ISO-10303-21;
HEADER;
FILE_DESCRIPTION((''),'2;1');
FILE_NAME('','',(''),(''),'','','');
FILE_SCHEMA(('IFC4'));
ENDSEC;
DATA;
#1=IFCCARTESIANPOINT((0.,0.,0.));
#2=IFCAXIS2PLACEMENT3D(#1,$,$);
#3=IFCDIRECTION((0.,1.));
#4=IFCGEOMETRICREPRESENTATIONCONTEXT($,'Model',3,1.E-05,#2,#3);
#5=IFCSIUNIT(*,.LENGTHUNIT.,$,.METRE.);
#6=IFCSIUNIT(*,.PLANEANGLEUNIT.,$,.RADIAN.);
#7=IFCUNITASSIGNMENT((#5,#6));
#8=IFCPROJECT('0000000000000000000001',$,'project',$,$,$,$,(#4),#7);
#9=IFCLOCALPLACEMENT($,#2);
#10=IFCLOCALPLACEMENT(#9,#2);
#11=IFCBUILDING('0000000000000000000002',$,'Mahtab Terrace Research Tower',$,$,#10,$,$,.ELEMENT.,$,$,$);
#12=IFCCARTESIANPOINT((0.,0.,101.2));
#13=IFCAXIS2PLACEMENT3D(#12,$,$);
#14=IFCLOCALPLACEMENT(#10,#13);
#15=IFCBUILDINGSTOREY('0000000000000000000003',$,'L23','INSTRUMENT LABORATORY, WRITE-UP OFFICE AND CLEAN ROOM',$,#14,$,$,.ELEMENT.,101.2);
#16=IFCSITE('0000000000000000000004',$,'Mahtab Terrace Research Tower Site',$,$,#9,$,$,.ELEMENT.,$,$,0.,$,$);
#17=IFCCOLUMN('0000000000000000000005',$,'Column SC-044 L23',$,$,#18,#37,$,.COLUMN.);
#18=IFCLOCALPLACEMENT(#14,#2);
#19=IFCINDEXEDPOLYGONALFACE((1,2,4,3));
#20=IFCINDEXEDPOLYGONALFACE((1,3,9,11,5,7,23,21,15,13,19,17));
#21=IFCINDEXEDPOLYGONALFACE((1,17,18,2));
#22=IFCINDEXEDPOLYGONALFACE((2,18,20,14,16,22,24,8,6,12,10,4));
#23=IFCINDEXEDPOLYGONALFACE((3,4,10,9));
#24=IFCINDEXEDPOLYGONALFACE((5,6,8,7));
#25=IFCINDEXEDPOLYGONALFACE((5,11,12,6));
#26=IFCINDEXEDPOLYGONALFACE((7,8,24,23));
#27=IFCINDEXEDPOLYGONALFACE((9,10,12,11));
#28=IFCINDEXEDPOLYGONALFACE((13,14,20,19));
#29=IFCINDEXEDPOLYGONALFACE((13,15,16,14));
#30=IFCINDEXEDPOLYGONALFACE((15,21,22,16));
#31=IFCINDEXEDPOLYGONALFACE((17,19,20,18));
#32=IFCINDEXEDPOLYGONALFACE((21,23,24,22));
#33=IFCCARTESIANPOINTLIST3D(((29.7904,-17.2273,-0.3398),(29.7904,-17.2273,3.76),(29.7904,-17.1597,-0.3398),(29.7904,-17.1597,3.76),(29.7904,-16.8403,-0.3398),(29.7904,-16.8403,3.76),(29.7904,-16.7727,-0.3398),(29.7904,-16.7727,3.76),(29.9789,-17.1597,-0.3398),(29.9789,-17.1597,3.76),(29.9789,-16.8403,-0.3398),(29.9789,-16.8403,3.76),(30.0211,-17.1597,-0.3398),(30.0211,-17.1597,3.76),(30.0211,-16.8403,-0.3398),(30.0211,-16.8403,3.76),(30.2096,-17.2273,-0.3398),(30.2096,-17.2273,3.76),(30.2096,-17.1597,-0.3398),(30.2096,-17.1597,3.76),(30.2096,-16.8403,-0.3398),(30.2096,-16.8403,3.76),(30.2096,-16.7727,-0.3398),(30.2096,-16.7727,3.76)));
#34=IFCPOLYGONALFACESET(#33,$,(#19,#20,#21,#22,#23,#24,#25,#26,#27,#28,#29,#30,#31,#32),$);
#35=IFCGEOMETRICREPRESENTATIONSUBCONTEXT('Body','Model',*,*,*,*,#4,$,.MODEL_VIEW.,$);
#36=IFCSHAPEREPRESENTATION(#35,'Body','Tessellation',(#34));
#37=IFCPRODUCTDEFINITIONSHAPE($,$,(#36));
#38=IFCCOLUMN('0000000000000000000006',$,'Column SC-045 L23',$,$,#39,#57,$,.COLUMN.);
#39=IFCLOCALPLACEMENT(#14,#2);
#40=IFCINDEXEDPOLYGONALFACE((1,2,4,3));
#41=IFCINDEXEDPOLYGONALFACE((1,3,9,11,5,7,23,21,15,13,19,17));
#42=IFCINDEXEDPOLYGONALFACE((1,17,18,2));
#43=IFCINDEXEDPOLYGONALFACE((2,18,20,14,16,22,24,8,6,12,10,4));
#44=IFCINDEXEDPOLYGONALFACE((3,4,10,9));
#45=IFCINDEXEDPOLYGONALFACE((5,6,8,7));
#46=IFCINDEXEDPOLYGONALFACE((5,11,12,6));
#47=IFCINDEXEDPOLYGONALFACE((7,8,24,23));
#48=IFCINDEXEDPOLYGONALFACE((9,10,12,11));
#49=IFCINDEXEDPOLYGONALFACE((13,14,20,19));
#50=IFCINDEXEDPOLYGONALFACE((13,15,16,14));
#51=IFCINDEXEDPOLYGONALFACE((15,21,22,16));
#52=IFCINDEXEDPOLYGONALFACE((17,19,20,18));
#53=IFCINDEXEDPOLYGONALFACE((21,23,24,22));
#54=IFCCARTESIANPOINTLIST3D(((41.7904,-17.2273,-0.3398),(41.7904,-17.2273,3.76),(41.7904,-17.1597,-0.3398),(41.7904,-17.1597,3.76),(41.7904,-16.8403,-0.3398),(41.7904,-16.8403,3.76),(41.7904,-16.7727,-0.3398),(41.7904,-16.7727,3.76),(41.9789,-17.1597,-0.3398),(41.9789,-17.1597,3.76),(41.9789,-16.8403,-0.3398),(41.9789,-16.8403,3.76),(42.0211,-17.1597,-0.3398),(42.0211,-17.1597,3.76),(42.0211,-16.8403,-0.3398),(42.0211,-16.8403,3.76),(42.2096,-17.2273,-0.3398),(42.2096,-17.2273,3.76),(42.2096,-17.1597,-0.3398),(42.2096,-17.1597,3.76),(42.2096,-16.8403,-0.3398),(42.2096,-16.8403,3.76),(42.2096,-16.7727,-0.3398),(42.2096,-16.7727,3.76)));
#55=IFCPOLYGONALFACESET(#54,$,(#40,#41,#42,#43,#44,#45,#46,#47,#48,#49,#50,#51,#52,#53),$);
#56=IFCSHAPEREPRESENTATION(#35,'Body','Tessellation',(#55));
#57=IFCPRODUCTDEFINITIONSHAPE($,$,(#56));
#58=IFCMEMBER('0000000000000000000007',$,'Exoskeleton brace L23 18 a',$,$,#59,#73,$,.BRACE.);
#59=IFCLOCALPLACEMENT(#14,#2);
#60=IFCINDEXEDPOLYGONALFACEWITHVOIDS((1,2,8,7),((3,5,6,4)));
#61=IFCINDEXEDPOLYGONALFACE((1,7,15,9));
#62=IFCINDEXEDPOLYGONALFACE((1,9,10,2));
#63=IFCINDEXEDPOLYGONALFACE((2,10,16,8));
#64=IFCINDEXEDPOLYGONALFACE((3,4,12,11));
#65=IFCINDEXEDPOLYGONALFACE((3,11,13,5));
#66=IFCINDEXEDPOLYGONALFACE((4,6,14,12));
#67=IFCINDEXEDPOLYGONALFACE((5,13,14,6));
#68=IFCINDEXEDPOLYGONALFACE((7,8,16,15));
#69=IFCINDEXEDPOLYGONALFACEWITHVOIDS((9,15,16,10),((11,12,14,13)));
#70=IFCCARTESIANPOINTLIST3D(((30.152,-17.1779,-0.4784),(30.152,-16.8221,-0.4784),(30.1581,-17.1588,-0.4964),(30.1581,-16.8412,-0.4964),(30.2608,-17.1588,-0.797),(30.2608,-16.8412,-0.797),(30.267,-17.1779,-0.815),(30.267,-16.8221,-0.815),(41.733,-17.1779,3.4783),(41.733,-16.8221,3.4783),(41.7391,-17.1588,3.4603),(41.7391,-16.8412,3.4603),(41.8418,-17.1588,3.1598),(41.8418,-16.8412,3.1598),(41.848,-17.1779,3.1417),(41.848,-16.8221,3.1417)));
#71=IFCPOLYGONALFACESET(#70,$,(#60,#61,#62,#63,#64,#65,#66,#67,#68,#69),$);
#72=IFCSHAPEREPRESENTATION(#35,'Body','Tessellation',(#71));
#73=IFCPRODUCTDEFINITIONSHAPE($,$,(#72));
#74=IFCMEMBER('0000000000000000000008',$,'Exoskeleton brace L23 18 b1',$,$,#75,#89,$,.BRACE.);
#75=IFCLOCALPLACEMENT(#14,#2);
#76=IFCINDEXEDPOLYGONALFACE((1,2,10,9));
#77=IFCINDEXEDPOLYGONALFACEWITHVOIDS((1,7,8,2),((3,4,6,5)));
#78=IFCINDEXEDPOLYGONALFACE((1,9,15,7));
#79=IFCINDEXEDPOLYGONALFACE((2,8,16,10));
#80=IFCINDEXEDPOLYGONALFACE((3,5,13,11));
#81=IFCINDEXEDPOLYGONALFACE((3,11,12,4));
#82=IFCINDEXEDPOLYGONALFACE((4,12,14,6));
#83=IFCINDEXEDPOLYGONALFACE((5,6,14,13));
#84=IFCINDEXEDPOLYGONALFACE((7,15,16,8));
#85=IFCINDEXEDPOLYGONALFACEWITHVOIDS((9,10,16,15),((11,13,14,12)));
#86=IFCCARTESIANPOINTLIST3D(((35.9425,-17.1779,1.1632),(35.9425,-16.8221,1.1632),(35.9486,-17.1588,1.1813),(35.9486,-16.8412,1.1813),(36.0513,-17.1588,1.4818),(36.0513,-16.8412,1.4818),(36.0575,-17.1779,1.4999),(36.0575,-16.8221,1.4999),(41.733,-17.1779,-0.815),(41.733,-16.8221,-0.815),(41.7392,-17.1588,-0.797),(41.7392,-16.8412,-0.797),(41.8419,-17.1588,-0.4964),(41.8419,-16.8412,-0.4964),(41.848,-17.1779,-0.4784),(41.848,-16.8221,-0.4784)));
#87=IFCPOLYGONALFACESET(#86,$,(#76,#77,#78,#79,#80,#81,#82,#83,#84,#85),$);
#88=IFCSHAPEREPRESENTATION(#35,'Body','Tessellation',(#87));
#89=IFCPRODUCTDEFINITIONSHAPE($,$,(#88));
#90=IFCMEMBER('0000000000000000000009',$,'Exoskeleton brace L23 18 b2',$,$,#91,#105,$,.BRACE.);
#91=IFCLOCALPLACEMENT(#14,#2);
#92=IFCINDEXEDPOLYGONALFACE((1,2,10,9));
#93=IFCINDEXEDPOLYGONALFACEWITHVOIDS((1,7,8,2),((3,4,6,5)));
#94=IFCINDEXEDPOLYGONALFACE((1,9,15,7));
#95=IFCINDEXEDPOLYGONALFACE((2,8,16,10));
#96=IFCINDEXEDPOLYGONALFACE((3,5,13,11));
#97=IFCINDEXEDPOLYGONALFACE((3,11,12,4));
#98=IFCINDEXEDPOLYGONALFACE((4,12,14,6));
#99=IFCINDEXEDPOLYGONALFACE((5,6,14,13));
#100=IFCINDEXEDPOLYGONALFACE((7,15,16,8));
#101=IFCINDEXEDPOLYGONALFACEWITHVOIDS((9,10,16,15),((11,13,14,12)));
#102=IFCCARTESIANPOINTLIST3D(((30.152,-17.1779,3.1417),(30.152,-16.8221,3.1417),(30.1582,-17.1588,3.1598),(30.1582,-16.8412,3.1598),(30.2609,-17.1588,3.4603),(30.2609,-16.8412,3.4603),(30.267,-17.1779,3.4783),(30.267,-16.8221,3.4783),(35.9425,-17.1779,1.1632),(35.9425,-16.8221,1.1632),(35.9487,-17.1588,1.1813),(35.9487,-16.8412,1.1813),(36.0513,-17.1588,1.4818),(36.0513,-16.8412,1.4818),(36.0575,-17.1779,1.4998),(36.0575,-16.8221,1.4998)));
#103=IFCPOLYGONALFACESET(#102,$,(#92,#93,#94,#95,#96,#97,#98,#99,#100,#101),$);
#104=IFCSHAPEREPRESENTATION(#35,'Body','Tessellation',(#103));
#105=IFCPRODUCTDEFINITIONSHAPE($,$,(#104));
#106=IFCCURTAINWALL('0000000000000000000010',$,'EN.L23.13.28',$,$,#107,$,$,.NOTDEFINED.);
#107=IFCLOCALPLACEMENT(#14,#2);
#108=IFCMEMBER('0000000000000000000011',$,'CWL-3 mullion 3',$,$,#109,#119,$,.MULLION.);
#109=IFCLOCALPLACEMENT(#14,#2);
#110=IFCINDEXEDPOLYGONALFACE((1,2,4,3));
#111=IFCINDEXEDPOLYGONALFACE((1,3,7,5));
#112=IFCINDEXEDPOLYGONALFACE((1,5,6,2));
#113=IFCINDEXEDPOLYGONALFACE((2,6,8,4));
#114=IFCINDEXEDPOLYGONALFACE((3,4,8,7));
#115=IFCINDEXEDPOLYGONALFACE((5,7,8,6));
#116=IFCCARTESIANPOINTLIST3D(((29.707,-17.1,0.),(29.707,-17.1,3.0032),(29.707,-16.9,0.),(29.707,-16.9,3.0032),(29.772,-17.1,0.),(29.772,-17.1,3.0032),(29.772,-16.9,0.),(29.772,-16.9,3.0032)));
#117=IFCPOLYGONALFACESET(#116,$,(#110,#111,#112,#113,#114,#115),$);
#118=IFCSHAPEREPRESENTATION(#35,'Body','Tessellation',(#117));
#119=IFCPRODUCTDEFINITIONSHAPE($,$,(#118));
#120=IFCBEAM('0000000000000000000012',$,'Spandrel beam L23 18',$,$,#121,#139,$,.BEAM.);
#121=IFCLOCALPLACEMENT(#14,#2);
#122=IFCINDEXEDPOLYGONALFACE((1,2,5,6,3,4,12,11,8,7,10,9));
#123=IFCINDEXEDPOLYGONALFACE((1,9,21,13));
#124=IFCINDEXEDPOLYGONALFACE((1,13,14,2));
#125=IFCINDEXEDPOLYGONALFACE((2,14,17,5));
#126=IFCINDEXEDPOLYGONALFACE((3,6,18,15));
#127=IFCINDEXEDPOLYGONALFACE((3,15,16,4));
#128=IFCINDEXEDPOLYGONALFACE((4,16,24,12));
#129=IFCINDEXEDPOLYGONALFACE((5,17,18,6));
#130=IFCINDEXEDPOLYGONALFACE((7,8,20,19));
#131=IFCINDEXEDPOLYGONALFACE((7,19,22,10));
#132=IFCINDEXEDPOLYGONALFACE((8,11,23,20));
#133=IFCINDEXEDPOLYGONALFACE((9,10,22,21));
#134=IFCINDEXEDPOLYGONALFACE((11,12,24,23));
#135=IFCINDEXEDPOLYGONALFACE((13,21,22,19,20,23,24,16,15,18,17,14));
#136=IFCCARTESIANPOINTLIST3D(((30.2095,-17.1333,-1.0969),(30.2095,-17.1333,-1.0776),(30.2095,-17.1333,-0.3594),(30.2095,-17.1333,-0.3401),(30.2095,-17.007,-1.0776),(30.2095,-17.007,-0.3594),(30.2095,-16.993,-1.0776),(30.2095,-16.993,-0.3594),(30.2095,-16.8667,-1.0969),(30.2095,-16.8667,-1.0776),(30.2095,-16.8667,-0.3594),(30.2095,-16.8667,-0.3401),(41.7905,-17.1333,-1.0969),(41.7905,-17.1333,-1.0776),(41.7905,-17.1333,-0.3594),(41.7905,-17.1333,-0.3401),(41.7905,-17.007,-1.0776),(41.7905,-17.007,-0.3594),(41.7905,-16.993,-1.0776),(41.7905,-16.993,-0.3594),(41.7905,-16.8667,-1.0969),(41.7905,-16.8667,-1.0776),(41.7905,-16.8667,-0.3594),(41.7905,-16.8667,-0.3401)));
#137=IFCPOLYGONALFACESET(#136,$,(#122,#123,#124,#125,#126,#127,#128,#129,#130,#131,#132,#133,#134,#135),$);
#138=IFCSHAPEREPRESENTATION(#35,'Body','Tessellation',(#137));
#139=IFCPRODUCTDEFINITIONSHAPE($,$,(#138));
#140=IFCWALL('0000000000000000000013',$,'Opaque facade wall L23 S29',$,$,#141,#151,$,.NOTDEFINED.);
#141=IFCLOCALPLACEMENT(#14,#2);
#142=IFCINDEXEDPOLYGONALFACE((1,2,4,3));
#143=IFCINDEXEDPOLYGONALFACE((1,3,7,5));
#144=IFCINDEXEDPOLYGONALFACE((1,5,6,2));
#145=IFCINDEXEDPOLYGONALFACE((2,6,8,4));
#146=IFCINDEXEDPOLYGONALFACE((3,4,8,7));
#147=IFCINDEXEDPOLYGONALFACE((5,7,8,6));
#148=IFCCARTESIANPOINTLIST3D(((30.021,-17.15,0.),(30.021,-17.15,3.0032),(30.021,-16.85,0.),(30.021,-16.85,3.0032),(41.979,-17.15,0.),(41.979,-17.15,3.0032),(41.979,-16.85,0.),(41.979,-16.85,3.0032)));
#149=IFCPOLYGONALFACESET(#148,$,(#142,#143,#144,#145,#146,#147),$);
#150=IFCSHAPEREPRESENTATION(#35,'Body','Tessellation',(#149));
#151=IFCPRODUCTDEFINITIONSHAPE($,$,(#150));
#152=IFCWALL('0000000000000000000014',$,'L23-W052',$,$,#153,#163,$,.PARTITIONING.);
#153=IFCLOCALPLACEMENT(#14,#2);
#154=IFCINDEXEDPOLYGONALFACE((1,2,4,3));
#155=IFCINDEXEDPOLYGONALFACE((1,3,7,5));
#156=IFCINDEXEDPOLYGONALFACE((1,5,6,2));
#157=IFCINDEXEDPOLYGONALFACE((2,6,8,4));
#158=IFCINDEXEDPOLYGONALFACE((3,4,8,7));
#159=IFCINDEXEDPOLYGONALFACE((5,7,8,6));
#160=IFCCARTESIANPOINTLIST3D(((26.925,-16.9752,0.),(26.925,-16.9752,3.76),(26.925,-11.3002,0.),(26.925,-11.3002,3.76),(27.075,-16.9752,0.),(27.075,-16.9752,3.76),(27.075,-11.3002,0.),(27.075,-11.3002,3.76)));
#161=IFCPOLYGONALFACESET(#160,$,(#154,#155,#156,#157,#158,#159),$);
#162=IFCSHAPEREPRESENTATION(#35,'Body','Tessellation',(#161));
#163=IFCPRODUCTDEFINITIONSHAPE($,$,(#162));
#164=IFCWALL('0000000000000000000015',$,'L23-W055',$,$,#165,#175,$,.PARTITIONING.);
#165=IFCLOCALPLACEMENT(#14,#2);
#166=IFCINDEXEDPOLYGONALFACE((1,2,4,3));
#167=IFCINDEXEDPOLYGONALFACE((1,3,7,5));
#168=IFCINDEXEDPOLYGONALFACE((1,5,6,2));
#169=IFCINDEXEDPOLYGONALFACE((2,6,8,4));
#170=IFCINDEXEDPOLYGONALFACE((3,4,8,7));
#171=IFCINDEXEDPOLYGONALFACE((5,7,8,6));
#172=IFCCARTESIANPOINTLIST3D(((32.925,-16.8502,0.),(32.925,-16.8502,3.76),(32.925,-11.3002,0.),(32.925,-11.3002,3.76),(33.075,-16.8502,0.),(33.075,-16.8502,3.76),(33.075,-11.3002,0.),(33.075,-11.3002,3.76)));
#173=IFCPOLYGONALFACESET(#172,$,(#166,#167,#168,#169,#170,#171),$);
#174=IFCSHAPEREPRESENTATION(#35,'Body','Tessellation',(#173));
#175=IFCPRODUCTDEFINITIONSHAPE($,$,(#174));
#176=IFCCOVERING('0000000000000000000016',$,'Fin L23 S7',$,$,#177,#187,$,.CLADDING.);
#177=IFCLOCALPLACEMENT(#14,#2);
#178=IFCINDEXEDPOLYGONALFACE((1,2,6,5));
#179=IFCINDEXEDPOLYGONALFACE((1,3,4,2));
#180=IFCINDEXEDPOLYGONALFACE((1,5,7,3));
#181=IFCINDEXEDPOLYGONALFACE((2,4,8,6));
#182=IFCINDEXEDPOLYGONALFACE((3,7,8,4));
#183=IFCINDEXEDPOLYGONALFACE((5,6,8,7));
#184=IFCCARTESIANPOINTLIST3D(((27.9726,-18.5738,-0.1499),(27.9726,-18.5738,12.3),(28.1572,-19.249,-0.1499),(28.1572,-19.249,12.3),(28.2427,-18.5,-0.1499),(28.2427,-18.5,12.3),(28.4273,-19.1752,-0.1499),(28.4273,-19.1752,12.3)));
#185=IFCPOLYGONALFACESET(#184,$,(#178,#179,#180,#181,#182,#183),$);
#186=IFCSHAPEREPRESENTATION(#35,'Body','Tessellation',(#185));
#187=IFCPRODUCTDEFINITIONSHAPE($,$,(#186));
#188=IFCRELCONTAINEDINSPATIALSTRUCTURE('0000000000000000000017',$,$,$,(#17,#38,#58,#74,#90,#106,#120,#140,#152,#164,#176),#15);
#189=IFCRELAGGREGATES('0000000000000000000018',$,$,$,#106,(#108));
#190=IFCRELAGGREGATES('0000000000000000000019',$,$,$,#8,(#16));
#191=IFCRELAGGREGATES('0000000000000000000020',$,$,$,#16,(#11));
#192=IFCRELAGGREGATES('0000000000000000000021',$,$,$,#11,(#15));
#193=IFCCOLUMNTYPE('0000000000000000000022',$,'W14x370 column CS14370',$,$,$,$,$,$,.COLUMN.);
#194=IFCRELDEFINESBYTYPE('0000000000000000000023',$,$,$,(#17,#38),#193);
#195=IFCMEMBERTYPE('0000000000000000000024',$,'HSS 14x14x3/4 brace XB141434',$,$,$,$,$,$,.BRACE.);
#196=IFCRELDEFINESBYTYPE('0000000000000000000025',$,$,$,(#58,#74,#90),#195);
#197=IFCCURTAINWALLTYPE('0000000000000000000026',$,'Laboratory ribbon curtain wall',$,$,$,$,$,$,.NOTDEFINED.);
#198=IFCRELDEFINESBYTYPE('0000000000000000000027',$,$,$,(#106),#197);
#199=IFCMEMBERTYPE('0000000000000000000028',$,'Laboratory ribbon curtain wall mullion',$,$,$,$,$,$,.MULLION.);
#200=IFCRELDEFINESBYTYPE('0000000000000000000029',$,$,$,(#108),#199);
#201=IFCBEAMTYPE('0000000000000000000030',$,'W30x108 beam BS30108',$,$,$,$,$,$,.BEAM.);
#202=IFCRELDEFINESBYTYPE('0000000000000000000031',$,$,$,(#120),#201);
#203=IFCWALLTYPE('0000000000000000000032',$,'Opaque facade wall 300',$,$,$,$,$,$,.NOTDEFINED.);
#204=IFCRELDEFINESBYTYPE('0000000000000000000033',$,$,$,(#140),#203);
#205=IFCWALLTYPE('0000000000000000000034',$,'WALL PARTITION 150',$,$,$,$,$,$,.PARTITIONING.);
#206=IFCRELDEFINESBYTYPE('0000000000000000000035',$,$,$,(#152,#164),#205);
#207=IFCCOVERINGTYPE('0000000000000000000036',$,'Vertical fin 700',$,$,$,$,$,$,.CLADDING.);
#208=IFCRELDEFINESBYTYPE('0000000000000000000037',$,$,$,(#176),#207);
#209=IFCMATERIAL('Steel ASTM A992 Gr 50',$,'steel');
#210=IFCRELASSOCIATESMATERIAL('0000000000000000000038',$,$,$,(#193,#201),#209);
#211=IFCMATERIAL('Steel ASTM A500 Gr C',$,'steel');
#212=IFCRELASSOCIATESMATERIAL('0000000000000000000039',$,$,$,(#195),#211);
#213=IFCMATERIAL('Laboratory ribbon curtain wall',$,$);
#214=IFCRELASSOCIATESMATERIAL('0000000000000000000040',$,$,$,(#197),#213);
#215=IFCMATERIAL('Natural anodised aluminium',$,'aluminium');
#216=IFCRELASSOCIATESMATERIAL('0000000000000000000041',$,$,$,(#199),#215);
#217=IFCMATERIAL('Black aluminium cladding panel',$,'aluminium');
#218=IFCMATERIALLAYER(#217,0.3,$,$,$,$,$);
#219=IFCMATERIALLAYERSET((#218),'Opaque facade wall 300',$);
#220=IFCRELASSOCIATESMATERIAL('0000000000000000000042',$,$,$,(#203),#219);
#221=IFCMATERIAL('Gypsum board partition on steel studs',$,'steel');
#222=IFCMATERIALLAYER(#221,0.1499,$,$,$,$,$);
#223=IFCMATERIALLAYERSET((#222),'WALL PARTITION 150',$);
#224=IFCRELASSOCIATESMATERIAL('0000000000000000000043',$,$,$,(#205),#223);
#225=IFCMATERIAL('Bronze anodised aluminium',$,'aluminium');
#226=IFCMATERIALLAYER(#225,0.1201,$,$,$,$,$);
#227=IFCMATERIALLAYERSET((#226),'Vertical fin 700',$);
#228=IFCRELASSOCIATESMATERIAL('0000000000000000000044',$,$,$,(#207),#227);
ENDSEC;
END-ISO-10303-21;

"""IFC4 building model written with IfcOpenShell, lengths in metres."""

from ifc_helpers import new_model, si_unit, direction, frame, frame_2d, origin, origin_2d, place, context, subcontext, project, spatial, rectangle, hollow_rectangle, i_section, extrude, material, layer, layer_set, material_profile, profile_set, type_object, element, aggregate, save


model = new_model("IFC4")

# Units and contexts
model_context = context("Model", 3, precision=1e-05, world=origin(), true_north=direction((0.0, 1.0)))
body_context = subcontext(model_context, "Body", "Model", "MODEL_VIEW")
ifc_project = project(units=[si_unit("LENGTHUNIT", "METRE"), si_unit("PLANEANGLEUNIT", "RADIAN")], contexts=[model_context])

# Site, building, storey
site_placement = place(None, origin())
site = spatial("IfcSite", under=ifc_project, at=site_placement, Name="Mahtab Terrace Research Tower Site", CompositionType="ELEMENT", RefElevation=0.0)
building_placement = place(site_placement, origin())
building = spatial("IfcBuilding", under=site, at=building_placement, Name="Mahtab Terrace Research Tower", CompositionType="ELEMENT")
storey_placement = place(building_placement, frame((0.0, 0.0, 101.2)))
storey = spatial("IfcBuildingStorey", under=building, at=storey_placement, Name="L23", Description="INSTRUMENT LABORATORY, WRITE-UP OFFICE AND CLEAN ROOM", CompositionType="ELEMENT", Elevation=101.2)

# Columns
ifc_material_1 = material(Name="Steel ASTM A992 Gr 50", Category="steel")
ifc_material_profile_1 = material_profile(ifc_material_1, i_section(OverallWidth=0.4192, OverallDepth=0.4546, WebThickness=0.0422, FlangeThickness=0.0676, at=origin_2d()), Name="W14X370")
ifc_profile_set_1 = profile_set([ifc_material_profile_1], Name="Steel ASTM A992 Gr 50")
column_type = type_object("IfcColumnType", Name="W14x370 column CS14370", PredefinedType="COLUMN", material=ifc_profile_set_1)
for number, where, z_axis, x_axis, name in (
    (1, (30.0, -17.0, -0.3398), (0.0, 0.0, 1.0), (1.0, 0.0, 0.0), "Column SC-044 L23"),
    (2, (42.0, -17.0, -0.3398), (0.0, 0.0, 1.0), (1.0, 0.0, 0.0), "Column SC-045 L23"),
):
    element("IfcColumn", number, at=place(storey_placement, frame(where, z_axis=z_axis, x_axis=x_axis)), inside=storey, type_object=column_type, Name=name, PredefinedType="COLUMN", context=body_context, shape_type="SweptSolid", body=[
        extrude(i_section(OverallWidth=0.4192, OverallDepth=0.4546, WebThickness=0.0422, FlangeThickness=0.0676, at=origin_2d()), origin(), (0.0, 0.0, 1.0), 4.0999),
    ])

# Members
ifc_material_2 = material(Name="Steel ASTM A500 Gr C", Category="steel")
ifc_material_profile_2 = material_profile(ifc_material_2, hollow_rectangle(XDim=0.3557, YDim=0.3557, WallThickness=0.019, at=origin_2d()), Name="HSS14X14X3/4")
ifc_profile_set_2 = profile_set([ifc_material_profile_2], Name="Steel ASTM A500 Gr C")
member_type_1 = type_object("IfcMemberType", Name="HSS 14x14x3/4 brace XB141434", PredefinedType="BRACE", material=ifc_profile_set_2)
member_1_placement = place(storey_placement, frame((30.2095, -17.0, -0.6467), z_axis=(0.946293, 0.0, 0.323311), x_axis=(0.0, 1.0, 0.0)))
element("IfcMember", 3, at=member_1_placement, inside=storey, type_object=member_type_1, Name="Exoskeleton brace L23 18 a", PredefinedType="BRACE", context=body_context, shape_type="SweptSolid", body=[
    extrude(hollow_rectangle(XDim=0.3557, YDim=0.3557, WallThickness=0.019, at=origin_2d()), origin(), (0.0, 0.0, 1.0), 12.2383),
])
for number, where, z_axis, x_axis, name in (
    (4, (41.7905, -17.0, -0.6467), (-0.946299, 0.0, 0.323293), (0.0, -1.0, 0.0), "Exoskeleton brace L23 18 b1"),
    (5, (36.0, -17.0, 1.3315), (-0.946287, 0.0, 0.323329), (0.0, -1.0, 0.0), "Exoskeleton brace L23 18 b2"),
):
    element("IfcMember", number, at=place(storey_placement, frame(where, z_axis=z_axis, x_axis=x_axis)), inside=storey, type_object=member_type_1, Name=name, PredefinedType="BRACE", context=body_context, shape_type="SweptSolid", body=[
        extrude(hollow_rectangle(XDim=0.3557, YDim=0.3557, WallThickness=0.019, at=origin_2d()), origin(), (0.0, 0.0, 1.0), 6.1191),
    ])

# Curtain wall, member
ifc_material_3 = material(Name="Laboratory ribbon curtain wall")
curtain_wall_type = type_object("IfcCurtainWallType", Name="Laboratory ribbon curtain wall", PredefinedType="NOTDEFINED", material=ifc_material_3)
curtain_wall_placement = place(storey_placement, origin())
curtain_wall = element("IfcCurtainWall", 6, at=curtain_wall_placement, inside=storey, type_object=curtain_wall_type, Name="EN.L23.13.28", PredefinedType="NOTDEFINED")
ifc_material_4 = material(Name="Natural anodised aluminium", Category="aluminium")
ifc_material_profile_3 = material_profile(ifc_material_4, rectangle(XDim=0.2, YDim=0.0649, at=origin_2d()), Name="MULLION 65x200")
ifc_profile_set_3 = profile_set([ifc_material_profile_3], Name="Natural anodised aluminium")
member_type_2 = type_object("IfcMemberType", Name="Laboratory ribbon curtain wall mullion", PredefinedType="MULLION", material=ifc_profile_set_3)
member_2_placement = place(storey_placement, frame((29.7395, -17.0, 0.0), z_axis=(0.0, 0.0, 1.0), x_axis=(0.0, 1.0, 0.0)))
member_2 = element("IfcMember", 7, at=member_2_placement, type_object=member_type_2, Name="CWL-3 mullion 3", PredefinedType="MULLION", context=body_context, shape_type="SweptSolid", body=[
    extrude(rectangle(XDim=0.2, YDim=0.0649, at=origin_2d()), origin(), (0.0, 0.0, 1.0), 3.0032),
])
aggregate(curtain_wall, [member_2])

# Beam
ifc_material_profile_4 = material_profile(ifc_material_1, i_section(OverallWidth=0.2666, OverallDepth=0.7568, WebThickness=0.0139, FlangeThickness=0.0193, at=origin_2d()), Name="W30X108")
ifc_profile_set_4 = profile_set([ifc_material_profile_4], Name="Steel ASTM A992 Gr 50")
beam_type = type_object("IfcBeamType", Name="W30x108 beam BS30108", PredefinedType="BEAM", material=ifc_profile_set_4)
beam_placement = place(storey_placement, frame((30.2095, -17.0, -0.7185), z_axis=(1.0, 0.0, 0.0), x_axis=(0.0, 1.0, 0.0)))
element("IfcBeam", 8, at=beam_placement, inside=storey, type_object=beam_type, Name="Spandrel beam L23 18", PredefinedType="BEAM", context=body_context, shape_type="SweptSolid", body=[
    extrude(i_section(OverallWidth=0.2666, OverallDepth=0.7568, WebThickness=0.0139, FlangeThickness=0.0193, at=origin_2d()), origin(), (0.0, 0.0, 1.0), 11.5811),
])

# Walls
ifc_material_5 = material(Name="Black aluminium cladding panel", Category="aluminium")
ifc_layer_1 = layer(ifc_material_5, 0.3)
ifc_layer_set_1 = layer_set([ifc_layer_1], Name="Opaque facade wall 300")
wall_type_1 = type_object("IfcWallType", Name="Opaque facade wall 300", PredefinedType="NOTDEFINED", material=ifc_layer_set_1)
wall_1_placement = place(storey_placement, frame((30.021, -17.0, 0.0), z_axis=(0.0, 0.0, 1.0), x_axis=(1.0, 0.0, 0.0)))
element("IfcWall", 9, at=wall_1_placement, inside=storey, type_object=wall_type_1, Name="Opaque facade wall L23 S29", PredefinedType="NOTDEFINED", context=body_context, shape_type="SweptSolid", body=[
    extrude(rectangle(XDim=11.958, YDim=0.3, at=frame_2d((5.979, 0.0))), origin(), (0.0, 0.0, 1.0), 3.0032),
])
ifc_material_6 = material(Name="Gypsum board partition on steel studs", Category="steel")
ifc_layer_2 = layer(ifc_material_6, 0.1499)
ifc_layer_set_2 = layer_set([ifc_layer_2], Name="WALL PARTITION 150")
wall_type_2 = type_object("IfcWallType", Name="WALL PARTITION 150", PredefinedType="PARTITIONING", material=ifc_layer_set_2)
wall_2_placement = place(storey_placement, frame((27.0, -16.9751, 0.0), z_axis=(0.0, 0.0, 1.0), x_axis=(0.0, 1.0, 0.0)))
element("IfcWall", 10, at=wall_2_placement, inside=storey, type_object=wall_type_2, Name="L23-W052", PredefinedType="PARTITIONING", context=body_context, shape_type="SweptSolid", body=[
    extrude(rectangle(XDim=5.675, YDim=0.1499, at=frame_2d((2.8374, 0.0))), origin(), (0.0, 0.0, 1.0), 3.76),
])
wall_3_placement = place(storey_placement, frame((33.0, -16.8501, 0.0), z_axis=(0.0, 0.0, 1.0), x_axis=(0.0, 1.0, 0.0)))
element("IfcWall", 11, at=wall_3_placement, inside=storey, type_object=wall_type_2, Name="L23-W055", PredefinedType="PARTITIONING", context=body_context, shape_type="SweptSolid", body=[
    extrude(rectangle(XDim=5.55, YDim=0.1499, at=frame_2d((2.7749, 0.0))), origin(), (0.0, 0.0, 1.0), 3.76),
])

# Covering
ifc_material_7 = material(Name="Bronze anodised aluminium", Category="aluminium")
ifc_layer_3 = layer(ifc_material_7, 0.1201)
ifc_layer_set_3 = layer_set([ifc_layer_3], Name="Vertical fin 700")
covering_type = type_object("IfcCoveringType", Name="Vertical fin 700", PredefinedType="CLADDING", material=ifc_layer_set_3)
covering_placement = place(storey_placement, frame((28.2, -18.8745, -0.1499), z_axis=(0.0, 0.0, 1.0), x_axis=(0.964623, 0.263633, 0.0)))
element("IfcCovering", 12, at=covering_placement, inside=storey, type_object=covering_type, Name="Fin L23 S7", PredefinedType="CLADDING", context=body_context, shape_type="SweptSolid", body=[
    extrude(rectangle(XDim=0.28, YDim=0.7, at=origin_2d()), origin(), (0.0, 0.0, 1.0), 12.45),
])

save(model, "model.ifc")
